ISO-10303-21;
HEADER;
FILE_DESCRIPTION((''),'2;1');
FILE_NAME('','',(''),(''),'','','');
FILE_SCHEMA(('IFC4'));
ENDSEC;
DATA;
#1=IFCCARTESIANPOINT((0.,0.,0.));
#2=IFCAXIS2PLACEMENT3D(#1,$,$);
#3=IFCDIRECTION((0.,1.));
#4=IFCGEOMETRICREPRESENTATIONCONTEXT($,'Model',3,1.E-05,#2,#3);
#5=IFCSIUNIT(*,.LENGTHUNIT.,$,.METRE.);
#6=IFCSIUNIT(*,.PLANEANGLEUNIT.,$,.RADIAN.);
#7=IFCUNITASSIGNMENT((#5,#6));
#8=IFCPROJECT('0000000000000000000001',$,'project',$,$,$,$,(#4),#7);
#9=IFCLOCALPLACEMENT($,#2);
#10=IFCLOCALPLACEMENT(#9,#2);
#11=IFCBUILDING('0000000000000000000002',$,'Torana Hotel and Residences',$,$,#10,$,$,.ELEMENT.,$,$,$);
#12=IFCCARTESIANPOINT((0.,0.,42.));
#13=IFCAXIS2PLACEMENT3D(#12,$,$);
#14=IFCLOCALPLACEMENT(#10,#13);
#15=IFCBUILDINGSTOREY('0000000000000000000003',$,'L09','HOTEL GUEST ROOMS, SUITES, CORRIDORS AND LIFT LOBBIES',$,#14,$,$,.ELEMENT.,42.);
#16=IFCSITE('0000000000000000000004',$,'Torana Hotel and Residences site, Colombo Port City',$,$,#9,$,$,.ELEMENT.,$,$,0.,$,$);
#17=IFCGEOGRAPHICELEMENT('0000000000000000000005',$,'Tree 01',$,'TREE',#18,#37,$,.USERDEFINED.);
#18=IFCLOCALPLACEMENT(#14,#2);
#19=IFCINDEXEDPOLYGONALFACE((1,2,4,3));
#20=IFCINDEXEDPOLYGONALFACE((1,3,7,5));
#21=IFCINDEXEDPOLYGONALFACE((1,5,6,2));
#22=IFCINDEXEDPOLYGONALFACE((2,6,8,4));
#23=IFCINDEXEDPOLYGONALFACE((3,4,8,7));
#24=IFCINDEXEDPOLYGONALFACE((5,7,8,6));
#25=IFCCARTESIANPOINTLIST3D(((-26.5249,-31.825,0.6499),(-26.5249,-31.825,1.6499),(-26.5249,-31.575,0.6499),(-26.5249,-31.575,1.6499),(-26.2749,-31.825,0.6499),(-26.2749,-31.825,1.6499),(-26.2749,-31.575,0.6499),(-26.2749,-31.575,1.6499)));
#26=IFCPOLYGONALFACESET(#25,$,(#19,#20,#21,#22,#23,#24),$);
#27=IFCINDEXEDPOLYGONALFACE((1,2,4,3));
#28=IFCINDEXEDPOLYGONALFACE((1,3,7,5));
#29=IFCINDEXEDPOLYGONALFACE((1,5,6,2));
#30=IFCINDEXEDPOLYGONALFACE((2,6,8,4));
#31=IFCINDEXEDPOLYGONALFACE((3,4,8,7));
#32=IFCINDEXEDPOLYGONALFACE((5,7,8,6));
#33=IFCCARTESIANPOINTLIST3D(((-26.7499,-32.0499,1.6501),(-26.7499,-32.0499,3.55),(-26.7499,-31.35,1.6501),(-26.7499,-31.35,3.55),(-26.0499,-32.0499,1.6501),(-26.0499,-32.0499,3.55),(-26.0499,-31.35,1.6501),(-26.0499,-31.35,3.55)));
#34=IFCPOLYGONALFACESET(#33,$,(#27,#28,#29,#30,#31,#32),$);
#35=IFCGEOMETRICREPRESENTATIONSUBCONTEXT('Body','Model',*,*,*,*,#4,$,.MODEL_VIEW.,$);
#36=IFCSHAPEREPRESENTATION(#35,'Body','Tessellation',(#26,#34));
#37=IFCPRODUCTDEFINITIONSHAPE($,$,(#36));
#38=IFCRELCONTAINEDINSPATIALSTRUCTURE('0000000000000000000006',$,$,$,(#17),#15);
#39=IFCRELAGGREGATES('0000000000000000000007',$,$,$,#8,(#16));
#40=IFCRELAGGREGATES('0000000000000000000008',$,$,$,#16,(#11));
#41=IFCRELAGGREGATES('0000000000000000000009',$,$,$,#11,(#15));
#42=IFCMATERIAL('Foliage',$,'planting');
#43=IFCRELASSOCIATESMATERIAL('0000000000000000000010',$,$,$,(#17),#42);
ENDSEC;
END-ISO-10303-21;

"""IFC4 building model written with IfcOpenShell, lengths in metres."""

from ifc_helpers import new_model, si_unit, direction, frame, origin, origin_2d, place, context, subcontext, project, spatial, rectangle, extrude, material, element, save


model = new_model("IFC4")

# Units and contexts
model_context = context("Model", 3, precision=1e-05, world=origin(), true_north=direction((0.0, 1.0)))
body_context = subcontext(model_context, "Body", "Model", "MODEL_VIEW")
ifc_project = project(units=[si_unit("LENGTHUNIT", "METRE"), si_unit("PLANEANGLEUNIT", "RADIAN")], contexts=[model_context])

# Site, building, storey
site_placement = place(None, origin())
site = spatial("IfcSite", under=ifc_project, at=site_placement, Name="Torana Hotel and Residences site, Colombo Port City", CompositionType="ELEMENT", RefElevation=0.0)
building_placement = place(site_placement, origin())
building = spatial("IfcBuilding", under=site, at=building_placement, Name="Torana Hotel and Residences", CompositionType="ELEMENT")
storey_placement = place(building_placement, frame((0.0, 0.0, 42.0)))
storey = spatial("IfcBuildingStorey", under=building, at=storey_placement, Name="L09", Description="HOTEL GUEST ROOMS, SUITES, CORRIDORS AND LIFT LOBBIES", CompositionType="ELEMENT", Elevation=42.0)

# Geographic element
ifc_material_1 = material(Name="Foliage", Category="planting")
geographic_element_placement = place(storey_placement, frame((-26.3999, -31.7, 0.6499), z_axis=(0.0, 0.0, 1.0), x_axis=(1.0, 0.0, 0.0)))
element("IfcGeographicElement", 1, at=geographic_element_placement, inside=storey, material=ifc_material_1, Name="Tree 01", ObjectType="TREE", PredefinedType="USERDEFINED", context=body_context, shape_type="SweptSolid", body=[
    extrude(rectangle(XDim=0.25, YDim=0.25, at=origin_2d()), origin(), (0.0, 0.0, 1.0), 1.0),
    extrude(rectangle(XDim=0.7, YDim=0.7, at=origin_2d()), frame((0.0, 0.0, 1.0002)), (0.0, 0.0, 1.0), 1.8999),
])

save(model, "model.ifc")
